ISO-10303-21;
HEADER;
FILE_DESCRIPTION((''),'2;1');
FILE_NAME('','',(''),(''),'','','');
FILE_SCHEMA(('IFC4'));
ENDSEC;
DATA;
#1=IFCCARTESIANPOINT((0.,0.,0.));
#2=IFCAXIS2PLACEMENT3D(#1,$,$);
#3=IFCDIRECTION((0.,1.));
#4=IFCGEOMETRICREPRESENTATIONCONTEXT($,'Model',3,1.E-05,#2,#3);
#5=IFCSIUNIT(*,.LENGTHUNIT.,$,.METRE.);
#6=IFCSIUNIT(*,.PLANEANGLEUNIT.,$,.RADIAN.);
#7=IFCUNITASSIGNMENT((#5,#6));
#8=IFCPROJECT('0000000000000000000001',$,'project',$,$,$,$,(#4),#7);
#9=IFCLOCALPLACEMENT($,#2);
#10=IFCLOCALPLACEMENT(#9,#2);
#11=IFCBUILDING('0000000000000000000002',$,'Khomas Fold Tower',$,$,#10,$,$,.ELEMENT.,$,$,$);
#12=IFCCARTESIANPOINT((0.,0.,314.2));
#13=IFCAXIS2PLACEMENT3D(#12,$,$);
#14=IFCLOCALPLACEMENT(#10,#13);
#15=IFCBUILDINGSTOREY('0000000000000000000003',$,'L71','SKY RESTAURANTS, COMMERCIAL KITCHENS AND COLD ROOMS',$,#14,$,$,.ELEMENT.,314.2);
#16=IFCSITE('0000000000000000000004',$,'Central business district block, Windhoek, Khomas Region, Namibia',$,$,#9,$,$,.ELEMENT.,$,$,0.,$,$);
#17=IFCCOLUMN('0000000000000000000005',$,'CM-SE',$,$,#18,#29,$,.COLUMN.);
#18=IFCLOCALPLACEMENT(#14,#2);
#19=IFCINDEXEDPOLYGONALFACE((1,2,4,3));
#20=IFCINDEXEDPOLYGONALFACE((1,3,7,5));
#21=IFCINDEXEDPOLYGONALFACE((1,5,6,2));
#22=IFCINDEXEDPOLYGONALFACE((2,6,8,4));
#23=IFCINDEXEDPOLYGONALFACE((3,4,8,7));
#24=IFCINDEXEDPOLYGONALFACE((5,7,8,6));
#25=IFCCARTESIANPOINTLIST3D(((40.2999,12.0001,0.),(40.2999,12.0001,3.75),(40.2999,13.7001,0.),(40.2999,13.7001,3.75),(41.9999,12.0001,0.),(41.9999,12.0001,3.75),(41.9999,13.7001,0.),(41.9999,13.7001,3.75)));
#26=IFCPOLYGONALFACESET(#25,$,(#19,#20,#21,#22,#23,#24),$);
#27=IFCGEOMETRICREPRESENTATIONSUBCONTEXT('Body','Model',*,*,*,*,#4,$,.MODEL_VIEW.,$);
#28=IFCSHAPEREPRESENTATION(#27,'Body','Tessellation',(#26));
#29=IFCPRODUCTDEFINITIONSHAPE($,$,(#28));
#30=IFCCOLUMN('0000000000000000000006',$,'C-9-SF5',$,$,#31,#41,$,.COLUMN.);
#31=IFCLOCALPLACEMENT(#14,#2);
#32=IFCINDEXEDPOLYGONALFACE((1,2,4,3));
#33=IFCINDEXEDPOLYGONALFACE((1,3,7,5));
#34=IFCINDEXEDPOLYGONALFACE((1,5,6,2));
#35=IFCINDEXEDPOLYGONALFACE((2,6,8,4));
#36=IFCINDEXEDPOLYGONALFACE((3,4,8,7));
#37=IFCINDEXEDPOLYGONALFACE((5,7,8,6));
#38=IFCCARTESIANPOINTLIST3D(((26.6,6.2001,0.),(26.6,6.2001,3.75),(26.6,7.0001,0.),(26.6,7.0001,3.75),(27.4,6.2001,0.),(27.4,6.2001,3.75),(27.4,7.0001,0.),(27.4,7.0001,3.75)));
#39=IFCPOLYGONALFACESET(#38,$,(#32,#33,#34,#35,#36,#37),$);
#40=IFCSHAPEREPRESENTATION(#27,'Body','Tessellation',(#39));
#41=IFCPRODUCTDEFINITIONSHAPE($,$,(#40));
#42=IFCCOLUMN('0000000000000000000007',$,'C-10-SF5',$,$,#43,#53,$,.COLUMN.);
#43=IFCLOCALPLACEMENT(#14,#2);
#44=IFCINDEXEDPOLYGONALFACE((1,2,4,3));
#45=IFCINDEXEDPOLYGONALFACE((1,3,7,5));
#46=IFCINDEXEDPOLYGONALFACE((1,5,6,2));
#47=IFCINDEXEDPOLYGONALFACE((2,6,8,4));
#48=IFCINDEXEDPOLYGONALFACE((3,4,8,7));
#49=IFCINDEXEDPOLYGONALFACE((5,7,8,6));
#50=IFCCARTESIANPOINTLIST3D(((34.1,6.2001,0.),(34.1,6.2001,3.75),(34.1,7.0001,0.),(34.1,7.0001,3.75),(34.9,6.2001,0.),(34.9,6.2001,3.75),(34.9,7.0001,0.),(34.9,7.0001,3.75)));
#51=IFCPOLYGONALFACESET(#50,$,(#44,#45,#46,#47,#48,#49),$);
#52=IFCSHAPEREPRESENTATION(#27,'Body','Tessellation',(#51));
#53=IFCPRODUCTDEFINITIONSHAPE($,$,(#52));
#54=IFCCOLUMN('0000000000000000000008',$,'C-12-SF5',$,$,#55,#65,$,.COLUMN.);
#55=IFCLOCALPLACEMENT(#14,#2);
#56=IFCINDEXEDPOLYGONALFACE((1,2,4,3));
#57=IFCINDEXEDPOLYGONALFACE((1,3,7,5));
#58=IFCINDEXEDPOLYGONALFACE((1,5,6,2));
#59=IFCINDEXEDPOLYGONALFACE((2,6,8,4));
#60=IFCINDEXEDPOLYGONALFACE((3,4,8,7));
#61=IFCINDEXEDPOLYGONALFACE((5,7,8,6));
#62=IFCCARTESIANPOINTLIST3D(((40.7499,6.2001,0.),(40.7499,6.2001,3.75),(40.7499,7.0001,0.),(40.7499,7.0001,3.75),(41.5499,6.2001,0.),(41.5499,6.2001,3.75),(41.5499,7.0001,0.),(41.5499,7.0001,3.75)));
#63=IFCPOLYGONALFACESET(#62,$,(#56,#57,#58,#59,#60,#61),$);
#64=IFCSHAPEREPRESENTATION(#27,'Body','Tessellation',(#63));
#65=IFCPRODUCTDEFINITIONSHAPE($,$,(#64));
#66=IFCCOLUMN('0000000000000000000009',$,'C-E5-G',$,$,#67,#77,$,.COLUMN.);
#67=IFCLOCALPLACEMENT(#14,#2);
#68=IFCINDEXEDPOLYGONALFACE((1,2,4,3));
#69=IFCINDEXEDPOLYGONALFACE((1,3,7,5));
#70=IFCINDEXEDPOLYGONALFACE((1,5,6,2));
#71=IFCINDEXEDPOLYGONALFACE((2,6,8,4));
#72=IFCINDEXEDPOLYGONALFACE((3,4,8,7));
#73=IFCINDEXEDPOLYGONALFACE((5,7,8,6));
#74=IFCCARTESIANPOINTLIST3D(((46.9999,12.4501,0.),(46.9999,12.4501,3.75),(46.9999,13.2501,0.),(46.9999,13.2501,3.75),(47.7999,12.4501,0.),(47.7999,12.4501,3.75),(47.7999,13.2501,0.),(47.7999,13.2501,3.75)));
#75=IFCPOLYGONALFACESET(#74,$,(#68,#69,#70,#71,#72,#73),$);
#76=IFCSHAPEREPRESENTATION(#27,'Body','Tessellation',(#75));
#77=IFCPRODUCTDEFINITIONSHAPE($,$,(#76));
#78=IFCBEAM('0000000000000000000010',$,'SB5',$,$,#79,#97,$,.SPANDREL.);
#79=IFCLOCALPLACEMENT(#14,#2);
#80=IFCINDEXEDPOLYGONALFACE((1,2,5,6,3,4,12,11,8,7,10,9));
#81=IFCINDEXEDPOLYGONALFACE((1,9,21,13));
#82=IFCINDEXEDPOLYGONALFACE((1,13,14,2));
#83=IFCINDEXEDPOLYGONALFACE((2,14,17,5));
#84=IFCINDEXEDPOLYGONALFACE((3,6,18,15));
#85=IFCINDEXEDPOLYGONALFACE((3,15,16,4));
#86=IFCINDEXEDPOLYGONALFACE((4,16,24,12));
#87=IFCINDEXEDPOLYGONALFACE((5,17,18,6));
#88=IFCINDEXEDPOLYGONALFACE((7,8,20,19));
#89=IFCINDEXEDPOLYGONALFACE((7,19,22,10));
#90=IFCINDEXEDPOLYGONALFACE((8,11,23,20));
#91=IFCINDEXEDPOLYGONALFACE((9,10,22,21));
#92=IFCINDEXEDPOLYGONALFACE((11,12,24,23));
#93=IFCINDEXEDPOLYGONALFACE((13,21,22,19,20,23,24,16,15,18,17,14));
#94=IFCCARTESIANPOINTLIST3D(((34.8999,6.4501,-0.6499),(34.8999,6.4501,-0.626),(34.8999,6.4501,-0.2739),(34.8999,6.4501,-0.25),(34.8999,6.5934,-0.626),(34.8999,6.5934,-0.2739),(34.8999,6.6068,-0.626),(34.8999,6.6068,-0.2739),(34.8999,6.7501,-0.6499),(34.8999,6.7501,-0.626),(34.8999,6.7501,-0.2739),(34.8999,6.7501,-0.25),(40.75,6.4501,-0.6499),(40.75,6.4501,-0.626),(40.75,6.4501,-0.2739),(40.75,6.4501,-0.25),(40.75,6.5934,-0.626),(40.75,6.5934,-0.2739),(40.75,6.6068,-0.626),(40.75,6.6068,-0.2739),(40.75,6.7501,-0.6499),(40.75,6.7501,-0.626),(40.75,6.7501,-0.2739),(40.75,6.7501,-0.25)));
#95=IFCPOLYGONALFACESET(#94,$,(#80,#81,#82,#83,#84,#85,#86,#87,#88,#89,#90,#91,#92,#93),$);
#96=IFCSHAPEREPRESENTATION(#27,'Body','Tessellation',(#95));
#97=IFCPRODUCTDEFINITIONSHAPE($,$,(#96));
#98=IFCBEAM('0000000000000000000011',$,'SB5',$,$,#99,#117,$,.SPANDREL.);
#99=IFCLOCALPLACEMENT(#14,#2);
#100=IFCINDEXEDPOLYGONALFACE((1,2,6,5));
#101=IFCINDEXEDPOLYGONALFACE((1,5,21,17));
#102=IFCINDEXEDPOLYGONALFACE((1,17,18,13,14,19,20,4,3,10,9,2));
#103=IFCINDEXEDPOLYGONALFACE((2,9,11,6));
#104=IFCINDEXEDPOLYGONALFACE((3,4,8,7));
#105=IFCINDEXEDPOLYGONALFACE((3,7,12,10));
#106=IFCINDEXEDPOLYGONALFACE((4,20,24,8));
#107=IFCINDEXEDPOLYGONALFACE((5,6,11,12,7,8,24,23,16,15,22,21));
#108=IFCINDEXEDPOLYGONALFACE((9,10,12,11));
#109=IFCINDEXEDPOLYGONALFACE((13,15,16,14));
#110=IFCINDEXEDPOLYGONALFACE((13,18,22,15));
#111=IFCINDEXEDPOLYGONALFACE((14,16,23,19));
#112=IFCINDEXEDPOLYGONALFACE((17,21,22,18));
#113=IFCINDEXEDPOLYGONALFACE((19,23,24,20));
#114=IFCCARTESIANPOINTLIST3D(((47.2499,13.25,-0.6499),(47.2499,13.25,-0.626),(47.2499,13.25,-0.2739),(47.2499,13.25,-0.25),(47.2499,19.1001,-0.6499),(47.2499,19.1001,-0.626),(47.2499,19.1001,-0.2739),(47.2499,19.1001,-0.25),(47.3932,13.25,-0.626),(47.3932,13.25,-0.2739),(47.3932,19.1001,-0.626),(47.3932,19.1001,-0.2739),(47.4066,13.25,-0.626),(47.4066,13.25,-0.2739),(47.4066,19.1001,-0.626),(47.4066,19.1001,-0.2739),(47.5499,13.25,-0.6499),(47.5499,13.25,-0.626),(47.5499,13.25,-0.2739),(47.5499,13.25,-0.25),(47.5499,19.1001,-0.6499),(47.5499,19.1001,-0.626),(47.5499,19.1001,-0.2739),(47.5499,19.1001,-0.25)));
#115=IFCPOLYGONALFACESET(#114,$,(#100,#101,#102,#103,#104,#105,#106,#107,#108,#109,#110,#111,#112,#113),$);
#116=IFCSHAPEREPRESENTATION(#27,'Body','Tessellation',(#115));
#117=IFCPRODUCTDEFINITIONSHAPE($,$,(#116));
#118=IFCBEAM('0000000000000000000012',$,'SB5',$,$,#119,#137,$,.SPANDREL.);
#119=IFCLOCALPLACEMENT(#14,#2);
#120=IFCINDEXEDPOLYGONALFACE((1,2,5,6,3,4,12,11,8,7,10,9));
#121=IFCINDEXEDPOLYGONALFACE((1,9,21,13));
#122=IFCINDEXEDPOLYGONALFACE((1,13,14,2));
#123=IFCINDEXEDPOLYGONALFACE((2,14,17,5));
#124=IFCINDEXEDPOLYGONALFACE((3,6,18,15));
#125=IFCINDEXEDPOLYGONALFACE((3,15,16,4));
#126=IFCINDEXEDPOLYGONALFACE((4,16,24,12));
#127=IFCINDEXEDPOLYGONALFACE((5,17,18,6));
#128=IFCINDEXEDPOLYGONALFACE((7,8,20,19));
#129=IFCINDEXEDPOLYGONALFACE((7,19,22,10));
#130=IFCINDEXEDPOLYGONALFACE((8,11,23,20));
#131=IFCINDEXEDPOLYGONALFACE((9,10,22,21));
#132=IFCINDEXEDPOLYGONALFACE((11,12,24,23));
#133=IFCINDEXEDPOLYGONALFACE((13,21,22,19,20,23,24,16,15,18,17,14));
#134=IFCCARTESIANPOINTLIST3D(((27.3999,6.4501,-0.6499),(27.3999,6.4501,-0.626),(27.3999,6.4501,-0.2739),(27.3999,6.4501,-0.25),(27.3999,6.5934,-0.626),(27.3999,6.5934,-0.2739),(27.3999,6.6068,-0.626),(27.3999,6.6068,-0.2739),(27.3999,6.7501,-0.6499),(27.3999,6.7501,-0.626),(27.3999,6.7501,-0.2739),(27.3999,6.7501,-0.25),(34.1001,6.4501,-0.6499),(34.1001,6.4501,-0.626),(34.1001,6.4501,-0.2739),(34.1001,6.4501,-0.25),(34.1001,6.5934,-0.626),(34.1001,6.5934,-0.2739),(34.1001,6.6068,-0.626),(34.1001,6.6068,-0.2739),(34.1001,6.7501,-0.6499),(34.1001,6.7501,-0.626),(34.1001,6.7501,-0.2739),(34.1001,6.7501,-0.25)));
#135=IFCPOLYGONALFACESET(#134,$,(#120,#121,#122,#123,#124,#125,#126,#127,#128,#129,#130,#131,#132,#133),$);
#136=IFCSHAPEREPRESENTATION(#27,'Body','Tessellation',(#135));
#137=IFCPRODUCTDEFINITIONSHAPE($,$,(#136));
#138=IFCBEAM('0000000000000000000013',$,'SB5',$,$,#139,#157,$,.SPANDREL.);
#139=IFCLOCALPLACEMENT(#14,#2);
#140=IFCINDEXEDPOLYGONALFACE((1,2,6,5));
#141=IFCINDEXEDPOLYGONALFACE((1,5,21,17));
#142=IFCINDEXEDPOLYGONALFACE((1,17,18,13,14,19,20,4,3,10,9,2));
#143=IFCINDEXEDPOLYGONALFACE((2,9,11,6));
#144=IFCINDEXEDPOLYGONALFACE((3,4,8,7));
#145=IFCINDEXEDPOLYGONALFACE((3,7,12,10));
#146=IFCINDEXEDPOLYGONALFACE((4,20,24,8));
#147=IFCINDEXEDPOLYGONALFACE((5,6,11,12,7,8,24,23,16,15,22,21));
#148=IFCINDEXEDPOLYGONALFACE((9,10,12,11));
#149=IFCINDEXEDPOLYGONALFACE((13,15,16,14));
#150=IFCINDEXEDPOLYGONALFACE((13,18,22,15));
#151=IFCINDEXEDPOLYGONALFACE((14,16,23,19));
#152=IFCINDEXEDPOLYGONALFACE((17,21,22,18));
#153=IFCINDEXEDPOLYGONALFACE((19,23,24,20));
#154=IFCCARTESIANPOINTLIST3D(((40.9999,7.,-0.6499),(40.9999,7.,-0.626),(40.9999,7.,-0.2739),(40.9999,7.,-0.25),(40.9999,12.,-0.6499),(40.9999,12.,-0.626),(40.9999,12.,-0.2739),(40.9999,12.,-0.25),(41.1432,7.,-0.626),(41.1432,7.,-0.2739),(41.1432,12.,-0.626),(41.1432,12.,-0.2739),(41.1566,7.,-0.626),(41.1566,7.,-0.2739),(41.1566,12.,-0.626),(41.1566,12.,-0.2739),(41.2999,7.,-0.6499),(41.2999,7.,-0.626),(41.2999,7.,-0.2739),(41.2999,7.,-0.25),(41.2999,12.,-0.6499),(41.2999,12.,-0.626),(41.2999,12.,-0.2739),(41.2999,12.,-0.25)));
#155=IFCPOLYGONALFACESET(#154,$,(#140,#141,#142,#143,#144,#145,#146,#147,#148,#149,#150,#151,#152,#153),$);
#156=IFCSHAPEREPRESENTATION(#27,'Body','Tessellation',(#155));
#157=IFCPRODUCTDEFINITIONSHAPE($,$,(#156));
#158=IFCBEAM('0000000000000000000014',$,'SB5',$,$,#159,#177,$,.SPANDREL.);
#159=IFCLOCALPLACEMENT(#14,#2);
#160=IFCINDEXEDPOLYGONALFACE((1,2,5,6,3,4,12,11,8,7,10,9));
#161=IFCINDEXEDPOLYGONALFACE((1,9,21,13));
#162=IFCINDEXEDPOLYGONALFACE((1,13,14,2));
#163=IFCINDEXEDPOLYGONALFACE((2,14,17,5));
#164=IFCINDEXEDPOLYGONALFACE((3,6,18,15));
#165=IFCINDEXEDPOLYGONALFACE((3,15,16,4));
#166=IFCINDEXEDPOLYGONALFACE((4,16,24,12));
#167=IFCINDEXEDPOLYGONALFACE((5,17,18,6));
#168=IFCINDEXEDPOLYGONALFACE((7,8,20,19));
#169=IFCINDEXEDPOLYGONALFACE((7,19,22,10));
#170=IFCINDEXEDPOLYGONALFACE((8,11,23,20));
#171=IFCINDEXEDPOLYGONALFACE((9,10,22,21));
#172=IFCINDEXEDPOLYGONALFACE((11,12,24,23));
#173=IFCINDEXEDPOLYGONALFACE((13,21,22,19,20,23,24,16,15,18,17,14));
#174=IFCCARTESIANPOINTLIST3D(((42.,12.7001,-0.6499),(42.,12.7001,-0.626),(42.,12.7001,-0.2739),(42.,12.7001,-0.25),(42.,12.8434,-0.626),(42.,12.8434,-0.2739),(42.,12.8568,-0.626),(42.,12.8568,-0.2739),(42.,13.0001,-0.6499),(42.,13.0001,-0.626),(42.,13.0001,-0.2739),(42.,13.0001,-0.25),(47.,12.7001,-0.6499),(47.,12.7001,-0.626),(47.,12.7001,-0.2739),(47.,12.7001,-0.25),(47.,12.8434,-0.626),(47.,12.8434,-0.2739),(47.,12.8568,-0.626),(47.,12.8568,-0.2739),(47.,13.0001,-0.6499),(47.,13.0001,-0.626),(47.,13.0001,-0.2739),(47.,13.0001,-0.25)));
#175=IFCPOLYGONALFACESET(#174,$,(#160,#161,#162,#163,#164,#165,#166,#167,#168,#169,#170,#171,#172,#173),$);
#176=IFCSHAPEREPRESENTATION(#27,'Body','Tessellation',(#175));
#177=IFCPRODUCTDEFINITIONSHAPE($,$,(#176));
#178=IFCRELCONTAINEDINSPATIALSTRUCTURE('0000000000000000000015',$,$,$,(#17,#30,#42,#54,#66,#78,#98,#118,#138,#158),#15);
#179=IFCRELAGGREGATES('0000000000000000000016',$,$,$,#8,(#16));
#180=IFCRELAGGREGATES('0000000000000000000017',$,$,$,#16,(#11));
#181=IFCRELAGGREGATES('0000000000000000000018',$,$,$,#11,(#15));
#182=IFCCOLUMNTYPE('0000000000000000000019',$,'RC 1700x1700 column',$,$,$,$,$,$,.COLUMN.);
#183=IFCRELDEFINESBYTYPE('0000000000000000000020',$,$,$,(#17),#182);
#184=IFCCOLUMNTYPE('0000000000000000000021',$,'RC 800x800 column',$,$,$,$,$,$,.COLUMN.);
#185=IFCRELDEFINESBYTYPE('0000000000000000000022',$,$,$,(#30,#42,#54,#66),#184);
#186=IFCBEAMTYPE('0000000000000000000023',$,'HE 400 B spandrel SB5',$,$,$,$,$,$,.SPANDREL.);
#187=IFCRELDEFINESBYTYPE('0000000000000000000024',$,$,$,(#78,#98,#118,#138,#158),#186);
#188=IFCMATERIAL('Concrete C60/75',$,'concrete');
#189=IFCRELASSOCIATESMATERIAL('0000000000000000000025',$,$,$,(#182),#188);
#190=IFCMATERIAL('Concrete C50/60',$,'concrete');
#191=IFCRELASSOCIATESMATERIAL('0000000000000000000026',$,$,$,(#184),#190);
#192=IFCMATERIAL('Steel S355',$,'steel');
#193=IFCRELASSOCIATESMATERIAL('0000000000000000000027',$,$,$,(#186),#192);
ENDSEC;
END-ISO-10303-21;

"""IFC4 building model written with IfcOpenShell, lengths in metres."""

from ifc_helpers import new_model, si_unit, direction, frame, origin, origin_2d, place, context, subcontext, project, spatial, rectangle, i_section, extrude, source, transform, mapped, material, material_profile, profile_set, type_object, element, save


model = new_model("IFC4")

# Units and contexts
model_context = context("Model", 3, precision=1e-05, world=origin(), true_north=direction((0.0, 1.0)))
body_context = subcontext(model_context, "Body", "Model", "MODEL_VIEW")
ifc_project = project(units=[si_unit("LENGTHUNIT", "METRE"), si_unit("PLANEANGLEUNIT", "RADIAN")], contexts=[model_context])

# Site, building, storey
site_placement = place(None, origin())
site = spatial("IfcSite", under=ifc_project, at=site_placement, Name="Central business district block, Windhoek, Khomas Region, Namibia", CompositionType="ELEMENT", RefElevation=0.0)
building_placement = place(site_placement, origin())
building = spatial("IfcBuilding", under=site, at=building_placement, Name="Khomas Fold Tower", CompositionType="ELEMENT")
storey_placement = place(building_placement, frame((0.0, 0.0, 314.2)))
storey = spatial("IfcBuildingStorey", under=building, at=storey_placement, Name="L71", Description="SKY RESTAURANTS, COMMERCIAL KITCHENS AND COLD ROOMS", CompositionType="ELEMENT", Elevation=314.2)

# Columns
ifc_material_1 = material(Name="Concrete C60/75", Category="concrete")
ifc_material_profile_1 = material_profile(ifc_material_1, rectangle(XDim=1.7, YDim=1.7, at=origin_2d()), Name="RC 1700x1700")
ifc_profile_set_1 = profile_set([ifc_material_profile_1], Name="Concrete C60/75")
column_type_1 = type_object("IfcColumnType", Name="RC 1700x1700 column", PredefinedType="COLUMN", material=ifc_profile_set_1)
shared_shape_1 = source(origin(), body_context, "Body", "SweptSolid", [
    extrude(rectangle(XDim=1.7, YDim=1.7, at=origin_2d()), origin(), (0.0, 0.0, 1.0), 3.75),
])
column_placement = place(storey_placement, frame((41.1499, 12.8501, 0.0), z_axis=(0.0, 0.0, 1.0), x_axis=(1.0, 0.0, 0.0)))
element("IfcColumn", 1, at=column_placement, inside=storey, type_object=column_type_1, Name="CM-SE", PredefinedType="COLUMN", context=body_context, shape_type="MappedRepresentation", body=[
    mapped(shared_shape_1, transform((0.0, 0.0, 0.0))),
])
ifc_material_2 = material(Name="Concrete C50/60", Category="concrete")
ifc_material_profile_2 = material_profile(ifc_material_2, rectangle(XDim=0.8, YDim=0.8, at=origin_2d()), Name="RC 800x800")
ifc_profile_set_2 = profile_set([ifc_material_profile_2], Name="Concrete C50/60")
column_type_2 = type_object("IfcColumnType", Name="RC 800x800 column", PredefinedType="COLUMN", material=ifc_profile_set_2)
shared_shape_2 = source(origin(), body_context, "Body", "SweptSolid", [
    extrude(rectangle(XDim=0.8, YDim=0.8, at=origin_2d()), origin(), (0.0, 0.0, 1.0), 3.75),
])
for number, where, z_axis, x_axis, name in (
    (2, (27.0, 6.6001, 0.0), (0.0, 0.0, 1.0), (1.0, 0.0, 0.0), "C-9-SF5"),
    (3, (34.5, 6.6001, 0.0), (0.0, 0.0, 1.0), (1.0, 0.0, 0.0), "C-10-SF5"),
    (4, (41.1499, 6.6001, 0.0), (0.0, 0.0, 1.0), (1.0, 0.0, 0.0), "C-12-SF5"),
    (5, (47.3999, 12.8501, 0.0), (0.0, 0.0, 1.0), (1.0, 0.0, 0.0), "C-E5-G"),
):
    element("IfcColumn", number, at=place(storey_placement, frame(where, z_axis=z_axis, x_axis=x_axis)), inside=storey, type_object=column_type_2, Name=name, PredefinedType="COLUMN", context=body_context, shape_type="MappedRepresentation", body=[
        mapped(shared_shape_2, transform((0.0, 0.0, 0.0))),
    ])

# Beams
ifc_material_3 = material(Name="Steel S355", Category="steel")
ifc_material_profile_3 = material_profile(ifc_material_3, i_section(OverallWidth=0.3, OverallDepth=0.3999, WebThickness=0.0134, FlangeThickness=0.0239, at=origin_2d()), Name="HE 400 B")
ifc_profile_set_3 = profile_set([ifc_material_profile_3], Name="Steel S355")
beam_type_1 = type_object("IfcBeamType", Name="HE 400 B spandrel SB5", PredefinedType="SPANDREL", material=ifc_profile_set_3)
shared_shape_3 = source(origin(), body_context, "Body", "SweptSolid", [
    extrude(i_section(OverallWidth=0.3, OverallDepth=0.3999, WebThickness=0.0134, FlangeThickness=0.0239, at=origin_2d()), origin(), (0.0, 0.0, 1.0), 5.8501),
])
for number, where, z_axis, x_axis, name in (
    (6, (34.8999, 6.6001, -0.45), (1.0, 0.0, 0.0), (0.0, 1.0, 0.0), "SB5"),
    (7, (47.3999, 13.25, -0.45), (0.0, 1.0, 0.0), (-1.0, 0.0, 0.0), "SB5"),
):
    element("IfcBeam", number, at=place(storey_placement, frame(where, z_axis=z_axis, x_axis=x_axis)), inside=storey, type_object=beam_type_1, Name=name, PredefinedType="SPANDREL", context=body_context, shape_type="MappedRepresentation", body=[
        mapped(shared_shape_3, transform((0.0, 0.0, 0.0))),
    ])
shared_shape_4 = source(origin(), body_context, "Body", "SweptSolid", [
    extrude(i_section(OverallWidth=0.3, OverallDepth=0.3999, WebThickness=0.0134, FlangeThickness=0.0239, at=origin_2d()), origin(), (0.0, 0.0, 1.0), 6.7002),
])
beam_1_placement = place(storey_placement, frame((27.3999, 6.6001, -0.45), z_axis=(1.0, 0.0, 0.0), x_axis=(0.0, 1.0, 0.0)))
element("IfcBeam", 8, at=beam_1_placement, inside=storey, type_object=beam_type_1, Name="SB5", PredefinedType="SPANDREL", context=body_context, shape_type="MappedRepresentation", body=[
    mapped(shared_shape_4, transform((0.0, 0.0, 0.0))),
])
shared_shape_5 = source(origin(), body_context, "Body", "SweptSolid", [
    extrude(i_section(OverallWidth=0.3, OverallDepth=0.3999, WebThickness=0.0134, FlangeThickness=0.0239, at=origin_2d()), origin(), (0.0, 0.0, 1.0), 5.0),
])
for number, where, z_axis, x_axis, name in (
    (9, (41.1499, 7.0, -0.45), (0.0, 1.0, 0.0), (-1.0, 0.0, 0.0), "SB5"),
    (10, (42.0, 12.8501, -0.45), (1.0, 0.0, 0.0), (0.0, 1.0, 0.0), "SB5"),
):
    element("IfcBeam", number, at=place(storey_placement, frame(where, z_axis=z_axis, x_axis=x_axis)), inside=storey, type_object=beam_type_1, Name=name, PredefinedType="SPANDREL", context=body_context, shape_type="MappedRepresentation", body=[
        mapped(shared_shape_5, transform((0.0, 0.0, 0.0))),
    ])

save(model, "model.ifc")
